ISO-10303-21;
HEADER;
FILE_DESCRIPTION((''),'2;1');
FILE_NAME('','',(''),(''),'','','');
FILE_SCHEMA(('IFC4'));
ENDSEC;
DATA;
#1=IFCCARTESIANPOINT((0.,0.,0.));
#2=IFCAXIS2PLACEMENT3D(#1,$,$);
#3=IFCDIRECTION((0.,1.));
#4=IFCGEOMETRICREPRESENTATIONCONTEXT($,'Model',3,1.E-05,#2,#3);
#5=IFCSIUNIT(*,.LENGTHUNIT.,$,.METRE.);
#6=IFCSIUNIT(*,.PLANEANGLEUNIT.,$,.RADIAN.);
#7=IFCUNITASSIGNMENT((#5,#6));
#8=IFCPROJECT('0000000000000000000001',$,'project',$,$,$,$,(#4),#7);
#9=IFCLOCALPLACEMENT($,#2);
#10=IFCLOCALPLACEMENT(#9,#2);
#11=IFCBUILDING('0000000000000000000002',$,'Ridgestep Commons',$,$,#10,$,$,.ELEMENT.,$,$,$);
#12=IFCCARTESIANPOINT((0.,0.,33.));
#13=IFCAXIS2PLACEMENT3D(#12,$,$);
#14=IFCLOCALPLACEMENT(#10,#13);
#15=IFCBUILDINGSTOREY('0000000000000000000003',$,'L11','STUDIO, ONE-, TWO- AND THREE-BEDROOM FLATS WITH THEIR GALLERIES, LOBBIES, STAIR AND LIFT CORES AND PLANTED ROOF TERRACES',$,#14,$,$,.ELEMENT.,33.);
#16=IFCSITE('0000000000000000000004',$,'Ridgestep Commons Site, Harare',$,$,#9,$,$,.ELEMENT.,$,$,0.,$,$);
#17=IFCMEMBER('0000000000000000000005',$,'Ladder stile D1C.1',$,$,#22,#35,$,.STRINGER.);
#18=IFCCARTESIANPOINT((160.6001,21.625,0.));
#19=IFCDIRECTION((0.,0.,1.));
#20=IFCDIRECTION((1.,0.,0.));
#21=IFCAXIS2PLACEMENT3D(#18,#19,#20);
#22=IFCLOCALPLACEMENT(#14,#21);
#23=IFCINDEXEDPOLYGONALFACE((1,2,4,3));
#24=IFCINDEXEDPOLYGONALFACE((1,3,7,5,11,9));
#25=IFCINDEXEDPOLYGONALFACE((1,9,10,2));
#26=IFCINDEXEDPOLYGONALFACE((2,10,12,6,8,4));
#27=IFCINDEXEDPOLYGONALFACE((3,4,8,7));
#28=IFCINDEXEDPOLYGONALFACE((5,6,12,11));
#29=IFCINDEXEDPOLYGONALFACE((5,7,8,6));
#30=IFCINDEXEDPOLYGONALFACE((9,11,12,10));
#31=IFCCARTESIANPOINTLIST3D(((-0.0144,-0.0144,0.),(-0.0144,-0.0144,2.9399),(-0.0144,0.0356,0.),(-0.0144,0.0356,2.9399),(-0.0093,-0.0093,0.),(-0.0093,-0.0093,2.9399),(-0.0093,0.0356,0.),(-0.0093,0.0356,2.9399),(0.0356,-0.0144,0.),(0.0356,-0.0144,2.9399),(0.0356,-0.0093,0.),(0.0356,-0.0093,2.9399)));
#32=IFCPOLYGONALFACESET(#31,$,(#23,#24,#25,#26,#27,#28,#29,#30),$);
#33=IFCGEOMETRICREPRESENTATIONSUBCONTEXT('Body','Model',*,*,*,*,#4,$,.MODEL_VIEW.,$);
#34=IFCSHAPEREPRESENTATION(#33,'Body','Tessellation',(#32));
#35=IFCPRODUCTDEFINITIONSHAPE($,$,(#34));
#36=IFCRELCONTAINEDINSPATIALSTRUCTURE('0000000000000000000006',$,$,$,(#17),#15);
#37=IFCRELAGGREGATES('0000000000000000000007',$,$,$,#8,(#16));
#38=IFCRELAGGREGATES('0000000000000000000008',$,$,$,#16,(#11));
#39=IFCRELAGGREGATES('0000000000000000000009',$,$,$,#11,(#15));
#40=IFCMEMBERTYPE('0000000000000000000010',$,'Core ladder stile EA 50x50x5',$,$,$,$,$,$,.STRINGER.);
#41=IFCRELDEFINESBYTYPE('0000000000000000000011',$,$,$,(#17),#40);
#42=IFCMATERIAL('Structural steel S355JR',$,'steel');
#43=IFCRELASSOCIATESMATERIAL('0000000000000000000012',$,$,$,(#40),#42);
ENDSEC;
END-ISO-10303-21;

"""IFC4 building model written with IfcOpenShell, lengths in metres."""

from ifc_helpers import new_model, si_unit, direction, frame, origin, place, context, subcontext, project, spatial, polyline, outline, extrude, material, material_profile, profile_set, type_object, element, save


model = new_model("IFC4")

# Units and contexts
model_context = context("Model", 3, precision=1e-05, world=origin(), true_north=direction((0.0, 1.0)))
body_context = subcontext(model_context, "Body", "Model", "MODEL_VIEW")
ifc_project = project(units=[si_unit("LENGTHUNIT", "METRE"), si_unit("PLANEANGLEUNIT", "RADIAN")], contexts=[model_context])

# Site, building, storey
site_placement = place(None, origin())
site = spatial("IfcSite", under=ifc_project, at=site_placement, Name="Ridgestep Commons Site, Harare", CompositionType="ELEMENT", RefElevation=0.0)
building_placement = place(site_placement, origin())
building = spatial("IfcBuilding", under=site, at=building_placement, Name="Ridgestep Commons", CompositionType="ELEMENT")
storey_placement = place(building_placement, frame((0.0, 0.0, 33.0)))
storey = spatial("IfcBuildingStorey", under=building, at=storey_placement, Name="L11", Description="STUDIO, ONE-, TWO- AND THREE-BEDROOM FLATS WITH THEIR GALLERIES, LOBBIES, STAIR AND LIFT CORES AND PLANTED ROOF TERRACES", CompositionType="ELEMENT", Elevation=33.0)

# Member
ifc_material_1 = material(Name="Structural steel S355JR", Category="steel")
ifc_material_profile_1 = material_profile(ifc_material_1, outline(polyline([(-0.0144, -0.0144), (0.0356, -0.0144), (0.0356, -0.0093), (-0.0093, -0.0093), (-0.0093, 0.0356), (-0.0144, 0.0356), (-0.0144, -0.0144)])), Name="EA 50x50x5")
ifc_profile_set_1 = profile_set([ifc_material_profile_1], Name="Structural steel S355JR")
member_type = type_object("IfcMemberType", Name="Core ladder stile EA 50x50x5", PredefinedType="STRINGER", material=ifc_profile_set_1)
member_placement = place(storey_placement, frame((160.6001, 21.625, 0.0), z_axis=(0.0, 0.0, 1.0), x_axis=(1.0, 0.0, 0.0)))
element("IfcMember", 1, at=member_placement, inside=storey, type_object=member_type, Name="Ladder stile D1C.1", PredefinedType="STRINGER", context=body_context, shape_type="SweptSolid", body=[
    extrude(outline(polyline([(-0.0144, -0.0144), (0.0356, -0.0144), (0.0356, -0.0093), (-0.0093, -0.0093), (-0.0093, 0.0356), (-0.0144, 0.0356), (-0.0144, -0.0144)])), origin(), (0.0, 0.0, 1.0), 2.9399),
])

save(model, "model.ifc")
